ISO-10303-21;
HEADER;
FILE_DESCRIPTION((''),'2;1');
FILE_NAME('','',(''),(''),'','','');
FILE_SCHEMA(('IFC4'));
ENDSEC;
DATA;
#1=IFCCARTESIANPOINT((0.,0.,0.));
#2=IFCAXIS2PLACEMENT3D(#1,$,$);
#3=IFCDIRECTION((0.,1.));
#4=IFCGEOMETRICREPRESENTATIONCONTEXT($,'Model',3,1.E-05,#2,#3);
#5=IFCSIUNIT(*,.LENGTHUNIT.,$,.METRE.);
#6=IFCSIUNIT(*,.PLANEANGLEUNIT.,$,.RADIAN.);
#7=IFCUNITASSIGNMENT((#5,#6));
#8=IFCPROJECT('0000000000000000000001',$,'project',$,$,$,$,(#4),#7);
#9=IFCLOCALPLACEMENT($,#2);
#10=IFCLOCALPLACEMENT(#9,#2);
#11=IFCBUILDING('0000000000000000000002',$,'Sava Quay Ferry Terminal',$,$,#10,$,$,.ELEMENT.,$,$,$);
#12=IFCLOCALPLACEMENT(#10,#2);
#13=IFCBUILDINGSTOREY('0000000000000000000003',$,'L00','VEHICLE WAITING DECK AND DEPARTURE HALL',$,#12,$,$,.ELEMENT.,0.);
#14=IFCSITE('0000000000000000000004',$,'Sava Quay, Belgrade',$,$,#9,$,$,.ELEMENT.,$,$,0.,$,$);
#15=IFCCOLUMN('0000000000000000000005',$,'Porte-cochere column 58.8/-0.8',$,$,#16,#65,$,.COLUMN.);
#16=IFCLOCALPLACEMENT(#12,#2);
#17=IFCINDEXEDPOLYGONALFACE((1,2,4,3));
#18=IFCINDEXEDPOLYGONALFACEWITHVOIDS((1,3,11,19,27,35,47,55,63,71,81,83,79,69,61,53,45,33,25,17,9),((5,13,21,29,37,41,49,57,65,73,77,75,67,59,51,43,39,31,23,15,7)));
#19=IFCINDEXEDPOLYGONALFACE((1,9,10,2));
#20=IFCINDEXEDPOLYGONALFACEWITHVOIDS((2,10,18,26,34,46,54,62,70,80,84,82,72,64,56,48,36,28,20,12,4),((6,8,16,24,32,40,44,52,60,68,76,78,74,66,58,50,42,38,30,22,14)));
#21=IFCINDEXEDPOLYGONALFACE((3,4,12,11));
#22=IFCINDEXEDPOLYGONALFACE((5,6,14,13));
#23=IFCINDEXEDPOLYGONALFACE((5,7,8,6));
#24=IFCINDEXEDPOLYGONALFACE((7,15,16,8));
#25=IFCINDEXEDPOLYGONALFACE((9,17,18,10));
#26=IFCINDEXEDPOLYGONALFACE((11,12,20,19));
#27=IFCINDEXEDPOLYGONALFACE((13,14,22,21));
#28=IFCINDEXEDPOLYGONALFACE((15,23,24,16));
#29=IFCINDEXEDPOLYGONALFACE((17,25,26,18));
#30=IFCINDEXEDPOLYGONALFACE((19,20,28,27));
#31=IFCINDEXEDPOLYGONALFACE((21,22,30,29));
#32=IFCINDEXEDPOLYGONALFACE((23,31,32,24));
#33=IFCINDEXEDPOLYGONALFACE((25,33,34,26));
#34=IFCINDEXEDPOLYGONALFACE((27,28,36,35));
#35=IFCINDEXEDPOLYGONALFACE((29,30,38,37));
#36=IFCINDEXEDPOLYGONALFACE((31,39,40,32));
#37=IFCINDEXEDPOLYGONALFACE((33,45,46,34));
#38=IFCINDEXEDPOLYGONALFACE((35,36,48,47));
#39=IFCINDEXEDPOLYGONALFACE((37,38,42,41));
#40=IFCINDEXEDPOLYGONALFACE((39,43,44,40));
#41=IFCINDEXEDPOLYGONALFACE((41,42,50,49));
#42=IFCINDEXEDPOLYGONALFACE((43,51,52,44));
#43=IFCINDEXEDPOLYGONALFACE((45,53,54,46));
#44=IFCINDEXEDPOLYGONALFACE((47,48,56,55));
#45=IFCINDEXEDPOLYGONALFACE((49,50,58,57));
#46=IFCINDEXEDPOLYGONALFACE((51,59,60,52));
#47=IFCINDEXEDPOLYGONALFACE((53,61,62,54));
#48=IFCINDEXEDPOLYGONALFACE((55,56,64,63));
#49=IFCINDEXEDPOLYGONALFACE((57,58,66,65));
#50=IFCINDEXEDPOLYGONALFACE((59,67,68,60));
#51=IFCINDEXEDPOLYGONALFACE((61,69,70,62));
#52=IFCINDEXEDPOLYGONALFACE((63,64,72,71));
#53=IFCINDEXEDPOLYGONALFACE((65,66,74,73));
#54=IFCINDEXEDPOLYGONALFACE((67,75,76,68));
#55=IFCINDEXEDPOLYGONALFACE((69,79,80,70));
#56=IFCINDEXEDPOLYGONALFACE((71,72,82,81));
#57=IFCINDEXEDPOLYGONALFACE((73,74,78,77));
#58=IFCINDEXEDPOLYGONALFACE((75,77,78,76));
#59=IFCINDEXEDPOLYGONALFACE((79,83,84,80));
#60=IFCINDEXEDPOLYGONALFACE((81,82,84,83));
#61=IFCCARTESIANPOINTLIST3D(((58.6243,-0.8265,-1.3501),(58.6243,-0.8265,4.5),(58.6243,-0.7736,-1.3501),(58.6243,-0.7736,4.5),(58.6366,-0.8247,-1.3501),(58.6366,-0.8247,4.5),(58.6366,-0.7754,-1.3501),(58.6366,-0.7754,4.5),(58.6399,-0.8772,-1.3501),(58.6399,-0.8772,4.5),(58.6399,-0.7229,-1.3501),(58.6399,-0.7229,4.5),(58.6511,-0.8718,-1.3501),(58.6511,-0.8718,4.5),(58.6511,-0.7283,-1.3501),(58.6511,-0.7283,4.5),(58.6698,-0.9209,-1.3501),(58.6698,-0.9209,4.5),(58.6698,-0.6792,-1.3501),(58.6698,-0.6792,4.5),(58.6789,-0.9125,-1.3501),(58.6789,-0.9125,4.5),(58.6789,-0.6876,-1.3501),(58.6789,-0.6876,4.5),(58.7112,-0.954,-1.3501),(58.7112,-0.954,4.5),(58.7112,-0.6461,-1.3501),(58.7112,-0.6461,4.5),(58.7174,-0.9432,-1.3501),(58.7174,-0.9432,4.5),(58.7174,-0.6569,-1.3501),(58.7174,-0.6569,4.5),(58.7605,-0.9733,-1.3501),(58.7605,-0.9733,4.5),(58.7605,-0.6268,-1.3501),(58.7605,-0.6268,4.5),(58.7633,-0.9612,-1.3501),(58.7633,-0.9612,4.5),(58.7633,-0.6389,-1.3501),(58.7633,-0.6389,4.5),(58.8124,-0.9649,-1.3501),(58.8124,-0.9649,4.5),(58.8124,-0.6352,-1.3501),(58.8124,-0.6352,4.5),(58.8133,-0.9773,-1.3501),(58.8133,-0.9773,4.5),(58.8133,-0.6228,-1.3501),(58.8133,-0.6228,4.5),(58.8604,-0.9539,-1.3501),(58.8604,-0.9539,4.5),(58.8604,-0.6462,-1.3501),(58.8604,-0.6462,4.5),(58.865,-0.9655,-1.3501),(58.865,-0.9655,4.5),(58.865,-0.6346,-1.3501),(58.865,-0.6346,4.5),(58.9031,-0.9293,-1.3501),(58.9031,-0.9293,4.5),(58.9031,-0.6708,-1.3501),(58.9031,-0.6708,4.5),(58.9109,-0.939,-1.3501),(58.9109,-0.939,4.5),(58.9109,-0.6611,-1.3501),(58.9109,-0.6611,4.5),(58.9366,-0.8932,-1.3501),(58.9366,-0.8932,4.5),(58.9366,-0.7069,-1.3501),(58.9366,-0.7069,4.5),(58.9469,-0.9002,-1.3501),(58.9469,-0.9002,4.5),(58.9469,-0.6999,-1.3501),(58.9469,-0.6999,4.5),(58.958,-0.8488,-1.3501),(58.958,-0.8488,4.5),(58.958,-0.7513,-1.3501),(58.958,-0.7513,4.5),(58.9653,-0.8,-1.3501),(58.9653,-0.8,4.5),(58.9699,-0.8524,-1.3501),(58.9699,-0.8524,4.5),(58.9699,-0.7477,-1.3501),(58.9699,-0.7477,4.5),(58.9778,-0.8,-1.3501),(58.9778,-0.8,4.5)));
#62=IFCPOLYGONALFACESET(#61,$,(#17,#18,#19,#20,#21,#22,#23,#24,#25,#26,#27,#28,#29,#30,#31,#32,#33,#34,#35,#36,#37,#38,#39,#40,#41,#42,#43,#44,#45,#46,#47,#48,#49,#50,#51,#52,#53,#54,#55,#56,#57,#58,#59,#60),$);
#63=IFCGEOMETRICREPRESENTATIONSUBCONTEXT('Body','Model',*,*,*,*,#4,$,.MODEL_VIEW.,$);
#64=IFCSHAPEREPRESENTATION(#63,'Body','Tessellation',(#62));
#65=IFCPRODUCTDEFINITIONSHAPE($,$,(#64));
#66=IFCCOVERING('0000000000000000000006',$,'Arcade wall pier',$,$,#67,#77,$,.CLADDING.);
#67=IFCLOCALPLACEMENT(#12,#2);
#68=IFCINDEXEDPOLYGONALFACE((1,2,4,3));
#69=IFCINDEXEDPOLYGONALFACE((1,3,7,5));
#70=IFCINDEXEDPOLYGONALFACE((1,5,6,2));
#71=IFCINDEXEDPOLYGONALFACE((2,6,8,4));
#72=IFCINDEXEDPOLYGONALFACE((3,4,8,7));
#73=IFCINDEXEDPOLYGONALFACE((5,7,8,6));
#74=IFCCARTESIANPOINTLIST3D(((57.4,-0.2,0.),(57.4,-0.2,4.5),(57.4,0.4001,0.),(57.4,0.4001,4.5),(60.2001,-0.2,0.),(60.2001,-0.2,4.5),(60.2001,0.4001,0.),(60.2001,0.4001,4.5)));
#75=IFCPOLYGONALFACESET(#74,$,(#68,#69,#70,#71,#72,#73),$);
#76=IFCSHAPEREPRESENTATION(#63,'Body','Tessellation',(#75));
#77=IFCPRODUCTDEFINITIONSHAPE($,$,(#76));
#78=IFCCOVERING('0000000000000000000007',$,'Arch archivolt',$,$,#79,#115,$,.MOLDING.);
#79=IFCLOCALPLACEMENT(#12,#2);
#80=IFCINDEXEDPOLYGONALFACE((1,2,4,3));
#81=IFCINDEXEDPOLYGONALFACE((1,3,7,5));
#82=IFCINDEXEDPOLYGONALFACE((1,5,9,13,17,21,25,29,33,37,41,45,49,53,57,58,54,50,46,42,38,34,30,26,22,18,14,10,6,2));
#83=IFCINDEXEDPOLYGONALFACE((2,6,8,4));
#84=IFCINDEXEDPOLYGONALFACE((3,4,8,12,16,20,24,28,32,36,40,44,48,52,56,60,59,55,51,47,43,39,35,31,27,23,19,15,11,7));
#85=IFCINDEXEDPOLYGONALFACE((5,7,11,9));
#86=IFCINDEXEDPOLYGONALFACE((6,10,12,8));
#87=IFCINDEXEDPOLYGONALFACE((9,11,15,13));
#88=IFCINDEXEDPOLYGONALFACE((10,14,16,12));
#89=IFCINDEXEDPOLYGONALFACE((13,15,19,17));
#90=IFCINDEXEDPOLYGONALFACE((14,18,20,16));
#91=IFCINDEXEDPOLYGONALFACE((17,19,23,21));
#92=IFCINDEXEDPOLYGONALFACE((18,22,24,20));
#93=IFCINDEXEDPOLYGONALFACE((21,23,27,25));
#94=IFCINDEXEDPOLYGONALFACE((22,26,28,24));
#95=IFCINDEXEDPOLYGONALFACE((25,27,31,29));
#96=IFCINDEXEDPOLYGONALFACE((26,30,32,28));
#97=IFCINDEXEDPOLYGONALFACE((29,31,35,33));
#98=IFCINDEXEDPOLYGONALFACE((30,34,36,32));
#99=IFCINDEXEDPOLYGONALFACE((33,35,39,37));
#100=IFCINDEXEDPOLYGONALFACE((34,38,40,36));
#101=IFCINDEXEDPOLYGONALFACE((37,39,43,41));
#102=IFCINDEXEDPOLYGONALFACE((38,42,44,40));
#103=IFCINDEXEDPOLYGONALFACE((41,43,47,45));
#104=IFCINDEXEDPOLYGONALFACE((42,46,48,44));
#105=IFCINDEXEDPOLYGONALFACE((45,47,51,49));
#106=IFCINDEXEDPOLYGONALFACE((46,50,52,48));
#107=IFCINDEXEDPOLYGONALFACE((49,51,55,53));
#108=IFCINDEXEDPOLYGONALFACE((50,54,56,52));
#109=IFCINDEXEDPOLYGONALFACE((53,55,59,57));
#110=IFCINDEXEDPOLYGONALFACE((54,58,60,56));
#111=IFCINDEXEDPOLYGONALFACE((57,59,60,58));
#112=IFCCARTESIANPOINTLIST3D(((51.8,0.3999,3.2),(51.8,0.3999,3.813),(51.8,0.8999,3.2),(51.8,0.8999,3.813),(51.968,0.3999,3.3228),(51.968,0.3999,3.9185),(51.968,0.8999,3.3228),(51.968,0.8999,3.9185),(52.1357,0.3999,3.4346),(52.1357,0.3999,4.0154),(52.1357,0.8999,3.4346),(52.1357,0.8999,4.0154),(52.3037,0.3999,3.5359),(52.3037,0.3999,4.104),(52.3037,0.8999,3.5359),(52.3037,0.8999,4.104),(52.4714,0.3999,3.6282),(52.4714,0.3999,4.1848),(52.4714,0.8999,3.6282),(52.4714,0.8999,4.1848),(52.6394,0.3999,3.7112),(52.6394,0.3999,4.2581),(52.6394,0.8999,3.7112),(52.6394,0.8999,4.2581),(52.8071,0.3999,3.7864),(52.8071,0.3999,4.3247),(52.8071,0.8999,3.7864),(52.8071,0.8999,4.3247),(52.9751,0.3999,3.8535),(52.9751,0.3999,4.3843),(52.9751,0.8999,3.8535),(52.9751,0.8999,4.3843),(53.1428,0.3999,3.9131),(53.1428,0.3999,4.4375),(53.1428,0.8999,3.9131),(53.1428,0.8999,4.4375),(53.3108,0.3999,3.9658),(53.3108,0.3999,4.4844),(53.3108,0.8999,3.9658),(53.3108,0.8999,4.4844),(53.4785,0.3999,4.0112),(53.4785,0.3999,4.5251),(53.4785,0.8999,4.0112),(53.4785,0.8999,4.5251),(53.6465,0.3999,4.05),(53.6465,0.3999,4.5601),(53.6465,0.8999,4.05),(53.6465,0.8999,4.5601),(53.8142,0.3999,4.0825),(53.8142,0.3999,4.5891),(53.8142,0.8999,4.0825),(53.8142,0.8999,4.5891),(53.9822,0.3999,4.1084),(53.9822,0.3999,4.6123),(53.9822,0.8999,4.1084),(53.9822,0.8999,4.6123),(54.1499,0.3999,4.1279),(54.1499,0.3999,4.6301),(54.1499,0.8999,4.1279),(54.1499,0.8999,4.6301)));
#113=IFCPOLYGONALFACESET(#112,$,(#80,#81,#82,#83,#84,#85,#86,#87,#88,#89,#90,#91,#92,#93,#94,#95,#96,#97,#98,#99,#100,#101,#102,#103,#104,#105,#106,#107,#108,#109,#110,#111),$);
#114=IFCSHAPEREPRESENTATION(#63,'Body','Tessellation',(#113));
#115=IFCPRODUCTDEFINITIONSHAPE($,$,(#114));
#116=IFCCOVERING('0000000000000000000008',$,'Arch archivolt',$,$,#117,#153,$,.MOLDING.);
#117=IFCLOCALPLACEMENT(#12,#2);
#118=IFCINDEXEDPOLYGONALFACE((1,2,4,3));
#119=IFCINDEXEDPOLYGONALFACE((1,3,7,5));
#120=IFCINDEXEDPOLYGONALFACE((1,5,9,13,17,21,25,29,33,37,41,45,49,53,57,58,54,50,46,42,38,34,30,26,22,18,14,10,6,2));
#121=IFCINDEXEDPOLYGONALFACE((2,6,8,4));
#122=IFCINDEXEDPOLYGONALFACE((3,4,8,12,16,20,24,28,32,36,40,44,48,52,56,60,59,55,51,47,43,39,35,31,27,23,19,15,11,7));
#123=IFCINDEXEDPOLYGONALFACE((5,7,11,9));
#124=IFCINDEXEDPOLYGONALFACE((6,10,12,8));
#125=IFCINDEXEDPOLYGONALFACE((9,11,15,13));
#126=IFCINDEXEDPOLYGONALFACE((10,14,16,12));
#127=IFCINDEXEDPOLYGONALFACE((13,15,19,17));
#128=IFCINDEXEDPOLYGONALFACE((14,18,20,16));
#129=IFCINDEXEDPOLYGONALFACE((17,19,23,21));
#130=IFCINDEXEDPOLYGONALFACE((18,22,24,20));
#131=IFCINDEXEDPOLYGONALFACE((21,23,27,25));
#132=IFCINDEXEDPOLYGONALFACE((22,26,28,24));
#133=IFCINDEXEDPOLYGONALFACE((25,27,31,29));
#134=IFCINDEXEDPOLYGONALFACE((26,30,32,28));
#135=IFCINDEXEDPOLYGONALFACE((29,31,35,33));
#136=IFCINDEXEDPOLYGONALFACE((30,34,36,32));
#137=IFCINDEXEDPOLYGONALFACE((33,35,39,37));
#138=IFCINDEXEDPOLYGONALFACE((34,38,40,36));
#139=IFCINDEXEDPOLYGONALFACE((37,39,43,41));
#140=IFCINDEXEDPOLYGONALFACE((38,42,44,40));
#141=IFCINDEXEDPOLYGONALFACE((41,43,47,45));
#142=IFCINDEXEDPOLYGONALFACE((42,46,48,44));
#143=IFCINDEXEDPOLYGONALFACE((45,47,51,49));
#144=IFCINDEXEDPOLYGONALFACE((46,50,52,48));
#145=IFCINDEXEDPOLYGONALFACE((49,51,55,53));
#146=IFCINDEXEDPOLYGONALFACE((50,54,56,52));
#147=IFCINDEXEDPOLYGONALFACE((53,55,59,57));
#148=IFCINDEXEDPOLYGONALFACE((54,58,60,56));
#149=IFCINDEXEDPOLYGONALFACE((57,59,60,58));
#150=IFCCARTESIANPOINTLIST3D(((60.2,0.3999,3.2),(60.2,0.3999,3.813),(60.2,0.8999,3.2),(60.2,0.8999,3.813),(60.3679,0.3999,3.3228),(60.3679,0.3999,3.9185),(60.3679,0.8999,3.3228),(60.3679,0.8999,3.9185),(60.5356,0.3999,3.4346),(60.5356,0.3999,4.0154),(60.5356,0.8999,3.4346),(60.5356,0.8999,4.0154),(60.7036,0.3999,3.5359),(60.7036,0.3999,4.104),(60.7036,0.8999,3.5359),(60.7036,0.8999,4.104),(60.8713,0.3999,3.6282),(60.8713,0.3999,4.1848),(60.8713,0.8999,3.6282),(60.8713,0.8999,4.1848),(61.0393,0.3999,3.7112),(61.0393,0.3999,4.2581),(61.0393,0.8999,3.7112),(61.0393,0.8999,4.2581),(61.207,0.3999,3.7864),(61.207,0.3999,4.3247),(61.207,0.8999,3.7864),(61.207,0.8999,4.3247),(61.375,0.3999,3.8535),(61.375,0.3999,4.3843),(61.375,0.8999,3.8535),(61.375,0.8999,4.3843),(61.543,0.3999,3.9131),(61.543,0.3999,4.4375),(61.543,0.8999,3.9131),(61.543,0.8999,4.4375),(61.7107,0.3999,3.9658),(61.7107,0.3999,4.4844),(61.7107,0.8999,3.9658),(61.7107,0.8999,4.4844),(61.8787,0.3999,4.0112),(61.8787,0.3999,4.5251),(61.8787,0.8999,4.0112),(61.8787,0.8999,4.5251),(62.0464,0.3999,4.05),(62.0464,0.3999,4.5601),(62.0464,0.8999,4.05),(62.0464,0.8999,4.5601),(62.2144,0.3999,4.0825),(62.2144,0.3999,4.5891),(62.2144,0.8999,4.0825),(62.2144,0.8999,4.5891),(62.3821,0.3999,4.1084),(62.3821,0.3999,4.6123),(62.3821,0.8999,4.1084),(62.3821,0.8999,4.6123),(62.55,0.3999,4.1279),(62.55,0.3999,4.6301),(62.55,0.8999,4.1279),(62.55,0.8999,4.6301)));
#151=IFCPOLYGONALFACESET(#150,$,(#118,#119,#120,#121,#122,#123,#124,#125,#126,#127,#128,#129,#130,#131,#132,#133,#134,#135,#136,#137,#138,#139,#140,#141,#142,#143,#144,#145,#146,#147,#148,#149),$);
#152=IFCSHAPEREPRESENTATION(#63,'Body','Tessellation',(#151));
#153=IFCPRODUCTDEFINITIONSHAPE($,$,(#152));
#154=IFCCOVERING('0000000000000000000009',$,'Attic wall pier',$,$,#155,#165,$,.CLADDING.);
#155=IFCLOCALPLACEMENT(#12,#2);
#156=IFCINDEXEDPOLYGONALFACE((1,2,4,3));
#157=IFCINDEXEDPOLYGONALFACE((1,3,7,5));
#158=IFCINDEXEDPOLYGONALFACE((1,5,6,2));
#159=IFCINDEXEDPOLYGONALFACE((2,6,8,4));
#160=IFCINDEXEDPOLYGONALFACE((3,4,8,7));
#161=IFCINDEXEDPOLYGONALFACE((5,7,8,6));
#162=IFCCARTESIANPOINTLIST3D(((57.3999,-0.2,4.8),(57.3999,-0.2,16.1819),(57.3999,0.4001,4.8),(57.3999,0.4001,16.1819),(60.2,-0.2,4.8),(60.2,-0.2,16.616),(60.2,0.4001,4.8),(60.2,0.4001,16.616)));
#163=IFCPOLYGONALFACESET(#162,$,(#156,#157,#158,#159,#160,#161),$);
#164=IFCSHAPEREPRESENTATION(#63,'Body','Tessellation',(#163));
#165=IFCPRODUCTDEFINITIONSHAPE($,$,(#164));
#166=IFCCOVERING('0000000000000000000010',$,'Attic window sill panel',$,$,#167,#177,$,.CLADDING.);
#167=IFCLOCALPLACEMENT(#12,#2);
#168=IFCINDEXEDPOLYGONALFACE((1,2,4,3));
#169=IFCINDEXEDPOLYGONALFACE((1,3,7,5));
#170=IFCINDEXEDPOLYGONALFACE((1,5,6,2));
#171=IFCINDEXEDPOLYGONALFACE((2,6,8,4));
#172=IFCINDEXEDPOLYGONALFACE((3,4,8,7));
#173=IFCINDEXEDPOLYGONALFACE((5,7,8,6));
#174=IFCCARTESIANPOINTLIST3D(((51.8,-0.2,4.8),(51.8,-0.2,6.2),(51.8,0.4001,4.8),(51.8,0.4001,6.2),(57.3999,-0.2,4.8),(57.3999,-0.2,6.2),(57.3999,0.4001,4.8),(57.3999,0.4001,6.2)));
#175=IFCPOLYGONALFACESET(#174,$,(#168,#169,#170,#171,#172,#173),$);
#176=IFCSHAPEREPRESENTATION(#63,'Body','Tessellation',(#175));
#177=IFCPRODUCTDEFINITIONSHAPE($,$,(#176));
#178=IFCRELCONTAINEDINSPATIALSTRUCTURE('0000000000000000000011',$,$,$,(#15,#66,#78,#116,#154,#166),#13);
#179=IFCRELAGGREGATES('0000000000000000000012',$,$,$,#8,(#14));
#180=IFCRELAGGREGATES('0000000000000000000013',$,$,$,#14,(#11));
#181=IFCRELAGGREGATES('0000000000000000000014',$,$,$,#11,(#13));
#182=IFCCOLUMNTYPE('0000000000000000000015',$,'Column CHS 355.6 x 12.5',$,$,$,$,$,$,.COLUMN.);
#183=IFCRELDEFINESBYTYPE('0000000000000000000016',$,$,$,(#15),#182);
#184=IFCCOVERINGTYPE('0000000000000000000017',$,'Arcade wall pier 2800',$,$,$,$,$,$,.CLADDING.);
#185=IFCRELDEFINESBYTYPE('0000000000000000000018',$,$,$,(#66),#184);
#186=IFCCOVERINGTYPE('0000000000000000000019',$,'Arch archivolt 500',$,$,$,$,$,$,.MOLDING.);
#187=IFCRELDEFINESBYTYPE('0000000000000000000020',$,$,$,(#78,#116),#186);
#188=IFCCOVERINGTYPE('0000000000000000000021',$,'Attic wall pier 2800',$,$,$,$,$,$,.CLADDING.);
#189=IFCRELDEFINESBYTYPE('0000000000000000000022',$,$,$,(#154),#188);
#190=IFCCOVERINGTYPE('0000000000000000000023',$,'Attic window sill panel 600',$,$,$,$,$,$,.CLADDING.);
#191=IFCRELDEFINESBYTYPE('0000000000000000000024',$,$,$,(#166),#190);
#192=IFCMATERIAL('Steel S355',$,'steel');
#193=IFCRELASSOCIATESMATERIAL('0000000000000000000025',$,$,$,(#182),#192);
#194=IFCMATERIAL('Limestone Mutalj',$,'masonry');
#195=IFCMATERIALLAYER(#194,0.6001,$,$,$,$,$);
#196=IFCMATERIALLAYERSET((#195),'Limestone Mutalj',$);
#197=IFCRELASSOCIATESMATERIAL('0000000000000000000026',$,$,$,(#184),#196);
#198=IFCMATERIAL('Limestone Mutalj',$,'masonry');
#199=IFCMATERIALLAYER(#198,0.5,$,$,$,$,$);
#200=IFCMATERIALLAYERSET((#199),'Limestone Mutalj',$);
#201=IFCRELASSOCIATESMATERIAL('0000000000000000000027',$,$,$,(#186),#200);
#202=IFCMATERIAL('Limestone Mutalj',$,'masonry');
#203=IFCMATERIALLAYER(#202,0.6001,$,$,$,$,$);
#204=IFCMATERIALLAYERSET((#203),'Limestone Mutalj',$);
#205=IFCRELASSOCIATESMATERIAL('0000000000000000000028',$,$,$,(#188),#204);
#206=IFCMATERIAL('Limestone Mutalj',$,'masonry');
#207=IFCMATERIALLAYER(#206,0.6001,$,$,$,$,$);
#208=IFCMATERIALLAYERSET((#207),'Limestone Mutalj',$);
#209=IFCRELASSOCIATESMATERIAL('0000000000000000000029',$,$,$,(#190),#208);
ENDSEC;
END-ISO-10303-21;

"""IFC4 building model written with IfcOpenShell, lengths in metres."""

from ifc_helpers import new_model, si_unit, direction, frame, origin, origin_2d, place, context, subcontext, project, spatial, polyline, rectangle, hollow_circle, outline, extrude, material, layer, layer_set, material_profile, profile_set, type_object, element, save


model = new_model("IFC4")

# Units and contexts
model_context = context("Model", 3, precision=1e-05, world=origin(), true_north=direction((0.0, 1.0)))
body_context = subcontext(model_context, "Body", "Model", "MODEL_VIEW")
ifc_project = project(units=[si_unit("LENGTHUNIT", "METRE"), si_unit("PLANEANGLEUNIT", "RADIAN")], contexts=[model_context])

# Site, building, storey
site_placement = place(None, origin())
site = spatial("IfcSite", under=ifc_project, at=site_placement, Name="Sava Quay, Belgrade", CompositionType="ELEMENT", RefElevation=0.0)
building_placement = place(site_placement, origin())
building = spatial("IfcBuilding", under=site, at=building_placement, Name="Sava Quay Ferry Terminal", CompositionType="ELEMENT")
storey_placement = place(building_placement, origin())
storey = spatial("IfcBuildingStorey", under=building, at=storey_placement, Name="L00", Description="VEHICLE WAITING DECK AND DEPARTURE HALL", CompositionType="ELEMENT", Elevation=0.0)

# Column
ifc_material_1 = material(Name="Steel S355", Category="steel")
ifc_material_profile_1 = material_profile(ifc_material_1, hollow_circle(Radius=0.1777, WallThickness=0.0125, at=origin_2d()), Name="CHS 355.6 x 12.5")
ifc_profile_set_1 = profile_set([ifc_material_profile_1], Name="Steel S355")
column_type = type_object("IfcColumnType", Name="Column CHS 355.6 x 12.5", PredefinedType="COLUMN", material=ifc_profile_set_1)
for number, where, z_axis, x_axis, name in (
    (1, (58.8, -0.8, -1.3501), (0.0, 0.0, 1.0), (1.0, 0.0, 0.0), "Porte-cochere column 58.8/-0.8"),
):
    element("IfcColumn", number, at=place(storey_placement, frame(where, z_axis=z_axis, x_axis=x_axis)), inside=storey, type_object=column_type, Name=name, PredefinedType="COLUMN", context=body_context, shape_type="SweptSolid", body=[
        extrude(hollow_circle(Radius=0.1777, WallThickness=0.0125, at=origin_2d()), origin(), (0.0, 0.0, 1.0), 5.8501),
    ])

# Coverings
ifc_material_2 = material(Name="Limestone Mutalj", Category="masonry")
ifc_layer_1 = layer(ifc_material_2, 0.6001)
ifc_layer_set_1 = layer_set([ifc_layer_1], Name="Limestone Mutalj")
covering_type_1 = type_object("IfcCoveringType", Name="Arcade wall pier 2800", PredefinedType="CLADDING", material=ifc_layer_set_1)
covering_1_placement = place(storey_placement, frame((58.8, 0.1001, 0.0), z_axis=(0.0, 0.0, 1.0), x_axis=(1.0, 0.0, 0.0)))
element("IfcCovering", 2, at=covering_1_placement, inside=storey, type_object=covering_type_1, Name="Arcade wall pier", PredefinedType="CLADDING", context=body_context, shape_type="SweptSolid", body=[
    extrude(rectangle(XDim=2.8, YDim=0.6001, at=origin_2d()), origin(), (0.0, 0.0, 1.0), 4.5),
])
ifc_material_3 = material(Name="Limestone Mutalj", Category="masonry")
ifc_layer_2 = layer(ifc_material_3, 0.5)
ifc_layer_set_2 = layer_set([ifc_layer_2], Name="Limestone Mutalj")
covering_type_2 = type_object("IfcCoveringType", Name="Arch archivolt 500", PredefinedType="MOLDING", material=ifc_layer_set_2)
covering_2_placement = place(storey_placement, frame((51.8, 0.3999, 3.2), z_axis=(0.0, -1.0, 0.0), x_axis=(0.807262, 0.0, 0.590193)))
element("IfcCovering", 3, at=covering_2_placement, inside=storey, type_object=covering_type_2, Name="Arch archivolt", PredefinedType="MOLDING", context=body_context, shape_type="SweptSolid", body=[
    extrude(outline(polyline([(0.0, 0.0), (0.2081, 0.0), (0.4095, -0.0087), (0.6049, -0.0261), (0.7947, -0.0506), (0.9793, -0.0827), (1.1591, -0.121), (1.3343, -0.1659), (1.5049, -0.2168), (1.6716, -0.2734), (1.8338, -0.3357), (1.9923, -0.4035), (2.1468, -0.4763), (2.2977, -0.5545), (2.4446, -0.6377), (2.741, -0.2323), (2.5951, -0.1477), (2.4458, -0.0673), (2.2933, 0.0082), (2.1371, 0.0792), (1.9776, 0.1452), (1.8144, 0.2065), (1.6476, 0.2626), (1.4768, 0.3136), (1.3021, 0.3588), (1.1232, 0.3988), (0.9402, 0.4325), (0.7523, 0.4601), (0.5597, 0.4809), (0.3618, 0.4949), (0.0, 0.0)])), origin(), (0.0, 0.0, -1.0), 0.5),
])
covering_3_placement = place(storey_placement, frame((60.2, 0.3999, 3.2), z_axis=(0.0, -1.0, 0.0), x_axis=(0.807262, 0.0, 0.590193)))
element("IfcCovering", 4, at=covering_3_placement, inside=storey, type_object=covering_type_2, Name="Arch archivolt", PredefinedType="MOLDING", context=body_context, shape_type="SweptSolid", body=[
    extrude(outline(polyline([(0.0, 0.0), (0.2081, 0.0), (0.4095, -0.0087), (0.6049, -0.0261), (0.7947, -0.0506), (0.9793, -0.0827), (1.1591, -0.121), (1.3343, -0.1659), (1.5051, -0.217), (1.6716, -0.2734), (1.834, -0.3358), (1.9923, -0.4035), (2.147, -0.4764), (2.2977, -0.5545), (2.4448, -0.6379), (2.7412, -0.2325), (2.5951, -0.1477), (2.446, -0.0675), (2.2933, 0.0082), (2.1373, 0.079), (1.9776, 0.1452), (1.8146, 0.2064), (1.6476, 0.2626), (1.4768, 0.3136), (1.3021, 0.3588), (1.1232, 0.3988), (0.9402, 0.4325), (0.7523, 0.4601), (0.5597, 0.4809), (0.3618, 0.4949), (0.0, 0.0)])), origin(), (0.0, 0.0, -1.0), 0.5),
])
ifc_material_4 = material(Name="Limestone Mutalj", Category="masonry")
ifc_layer_3 = layer(ifc_material_4, 0.6001)
ifc_layer_set_3 = layer_set([ifc_layer_3], Name="Limestone Mutalj")
covering_type_3 = type_object("IfcCoveringType", Name="Attic wall pier 2800", PredefinedType="CLADDING", material=ifc_layer_set_3)
covering_4_placement = place(storey_placement, frame((57.3999, -0.2, 4.8), z_axis=(0.0, -1.0, 0.0), x_axis=(1.0, 0.0, 0.0)))
element("IfcCovering", 5, at=covering_4_placement, inside=storey, type_object=covering_type_3, Name="Attic wall pier", PredefinedType="CLADDING", context=body_context, shape_type="SweptSolid", body=[
    extrude(outline(polyline([(0.0, 0.0), (2.8, 0.0), (2.8, 11.8159), (0.0, 11.3818), (0.0, 0.0)])), origin(), (0.0, 0.0, -1.0), 0.6001),
])
ifc_material_5 = material(Name="Limestone Mutalj", Category="masonry")
ifc_layer_4 = layer(ifc_material_5, 0.6001)
ifc_layer_set_4 = layer_set([ifc_layer_4], Name="Limestone Mutalj")
covering_type_4 = type_object("IfcCoveringType", Name="Attic window sill panel 600", PredefinedType="CLADDING", material=ifc_layer_set_4)
covering_5_placement = place(storey_placement, frame((51.8, -0.2, 4.8), z_axis=(0.0, -1.0, 0.0), x_axis=(1.0, 0.0, 0.0)))
element("IfcCovering", 6, at=covering_5_placement, inside=storey, type_object=covering_type_4, Name="Attic window sill panel", PredefinedType="CLADDING", context=body_context, shape_type="SweptSolid", body=[
    extrude(outline(polyline([(0.0, 0.0), (5.5999, 0.0), (5.5999, 1.3999), (0.0, 1.3999), (0.0, 0.0)])), origin(), (0.0, 0.0, -1.0), 0.6001),
])

save(model, "model.ifc")
